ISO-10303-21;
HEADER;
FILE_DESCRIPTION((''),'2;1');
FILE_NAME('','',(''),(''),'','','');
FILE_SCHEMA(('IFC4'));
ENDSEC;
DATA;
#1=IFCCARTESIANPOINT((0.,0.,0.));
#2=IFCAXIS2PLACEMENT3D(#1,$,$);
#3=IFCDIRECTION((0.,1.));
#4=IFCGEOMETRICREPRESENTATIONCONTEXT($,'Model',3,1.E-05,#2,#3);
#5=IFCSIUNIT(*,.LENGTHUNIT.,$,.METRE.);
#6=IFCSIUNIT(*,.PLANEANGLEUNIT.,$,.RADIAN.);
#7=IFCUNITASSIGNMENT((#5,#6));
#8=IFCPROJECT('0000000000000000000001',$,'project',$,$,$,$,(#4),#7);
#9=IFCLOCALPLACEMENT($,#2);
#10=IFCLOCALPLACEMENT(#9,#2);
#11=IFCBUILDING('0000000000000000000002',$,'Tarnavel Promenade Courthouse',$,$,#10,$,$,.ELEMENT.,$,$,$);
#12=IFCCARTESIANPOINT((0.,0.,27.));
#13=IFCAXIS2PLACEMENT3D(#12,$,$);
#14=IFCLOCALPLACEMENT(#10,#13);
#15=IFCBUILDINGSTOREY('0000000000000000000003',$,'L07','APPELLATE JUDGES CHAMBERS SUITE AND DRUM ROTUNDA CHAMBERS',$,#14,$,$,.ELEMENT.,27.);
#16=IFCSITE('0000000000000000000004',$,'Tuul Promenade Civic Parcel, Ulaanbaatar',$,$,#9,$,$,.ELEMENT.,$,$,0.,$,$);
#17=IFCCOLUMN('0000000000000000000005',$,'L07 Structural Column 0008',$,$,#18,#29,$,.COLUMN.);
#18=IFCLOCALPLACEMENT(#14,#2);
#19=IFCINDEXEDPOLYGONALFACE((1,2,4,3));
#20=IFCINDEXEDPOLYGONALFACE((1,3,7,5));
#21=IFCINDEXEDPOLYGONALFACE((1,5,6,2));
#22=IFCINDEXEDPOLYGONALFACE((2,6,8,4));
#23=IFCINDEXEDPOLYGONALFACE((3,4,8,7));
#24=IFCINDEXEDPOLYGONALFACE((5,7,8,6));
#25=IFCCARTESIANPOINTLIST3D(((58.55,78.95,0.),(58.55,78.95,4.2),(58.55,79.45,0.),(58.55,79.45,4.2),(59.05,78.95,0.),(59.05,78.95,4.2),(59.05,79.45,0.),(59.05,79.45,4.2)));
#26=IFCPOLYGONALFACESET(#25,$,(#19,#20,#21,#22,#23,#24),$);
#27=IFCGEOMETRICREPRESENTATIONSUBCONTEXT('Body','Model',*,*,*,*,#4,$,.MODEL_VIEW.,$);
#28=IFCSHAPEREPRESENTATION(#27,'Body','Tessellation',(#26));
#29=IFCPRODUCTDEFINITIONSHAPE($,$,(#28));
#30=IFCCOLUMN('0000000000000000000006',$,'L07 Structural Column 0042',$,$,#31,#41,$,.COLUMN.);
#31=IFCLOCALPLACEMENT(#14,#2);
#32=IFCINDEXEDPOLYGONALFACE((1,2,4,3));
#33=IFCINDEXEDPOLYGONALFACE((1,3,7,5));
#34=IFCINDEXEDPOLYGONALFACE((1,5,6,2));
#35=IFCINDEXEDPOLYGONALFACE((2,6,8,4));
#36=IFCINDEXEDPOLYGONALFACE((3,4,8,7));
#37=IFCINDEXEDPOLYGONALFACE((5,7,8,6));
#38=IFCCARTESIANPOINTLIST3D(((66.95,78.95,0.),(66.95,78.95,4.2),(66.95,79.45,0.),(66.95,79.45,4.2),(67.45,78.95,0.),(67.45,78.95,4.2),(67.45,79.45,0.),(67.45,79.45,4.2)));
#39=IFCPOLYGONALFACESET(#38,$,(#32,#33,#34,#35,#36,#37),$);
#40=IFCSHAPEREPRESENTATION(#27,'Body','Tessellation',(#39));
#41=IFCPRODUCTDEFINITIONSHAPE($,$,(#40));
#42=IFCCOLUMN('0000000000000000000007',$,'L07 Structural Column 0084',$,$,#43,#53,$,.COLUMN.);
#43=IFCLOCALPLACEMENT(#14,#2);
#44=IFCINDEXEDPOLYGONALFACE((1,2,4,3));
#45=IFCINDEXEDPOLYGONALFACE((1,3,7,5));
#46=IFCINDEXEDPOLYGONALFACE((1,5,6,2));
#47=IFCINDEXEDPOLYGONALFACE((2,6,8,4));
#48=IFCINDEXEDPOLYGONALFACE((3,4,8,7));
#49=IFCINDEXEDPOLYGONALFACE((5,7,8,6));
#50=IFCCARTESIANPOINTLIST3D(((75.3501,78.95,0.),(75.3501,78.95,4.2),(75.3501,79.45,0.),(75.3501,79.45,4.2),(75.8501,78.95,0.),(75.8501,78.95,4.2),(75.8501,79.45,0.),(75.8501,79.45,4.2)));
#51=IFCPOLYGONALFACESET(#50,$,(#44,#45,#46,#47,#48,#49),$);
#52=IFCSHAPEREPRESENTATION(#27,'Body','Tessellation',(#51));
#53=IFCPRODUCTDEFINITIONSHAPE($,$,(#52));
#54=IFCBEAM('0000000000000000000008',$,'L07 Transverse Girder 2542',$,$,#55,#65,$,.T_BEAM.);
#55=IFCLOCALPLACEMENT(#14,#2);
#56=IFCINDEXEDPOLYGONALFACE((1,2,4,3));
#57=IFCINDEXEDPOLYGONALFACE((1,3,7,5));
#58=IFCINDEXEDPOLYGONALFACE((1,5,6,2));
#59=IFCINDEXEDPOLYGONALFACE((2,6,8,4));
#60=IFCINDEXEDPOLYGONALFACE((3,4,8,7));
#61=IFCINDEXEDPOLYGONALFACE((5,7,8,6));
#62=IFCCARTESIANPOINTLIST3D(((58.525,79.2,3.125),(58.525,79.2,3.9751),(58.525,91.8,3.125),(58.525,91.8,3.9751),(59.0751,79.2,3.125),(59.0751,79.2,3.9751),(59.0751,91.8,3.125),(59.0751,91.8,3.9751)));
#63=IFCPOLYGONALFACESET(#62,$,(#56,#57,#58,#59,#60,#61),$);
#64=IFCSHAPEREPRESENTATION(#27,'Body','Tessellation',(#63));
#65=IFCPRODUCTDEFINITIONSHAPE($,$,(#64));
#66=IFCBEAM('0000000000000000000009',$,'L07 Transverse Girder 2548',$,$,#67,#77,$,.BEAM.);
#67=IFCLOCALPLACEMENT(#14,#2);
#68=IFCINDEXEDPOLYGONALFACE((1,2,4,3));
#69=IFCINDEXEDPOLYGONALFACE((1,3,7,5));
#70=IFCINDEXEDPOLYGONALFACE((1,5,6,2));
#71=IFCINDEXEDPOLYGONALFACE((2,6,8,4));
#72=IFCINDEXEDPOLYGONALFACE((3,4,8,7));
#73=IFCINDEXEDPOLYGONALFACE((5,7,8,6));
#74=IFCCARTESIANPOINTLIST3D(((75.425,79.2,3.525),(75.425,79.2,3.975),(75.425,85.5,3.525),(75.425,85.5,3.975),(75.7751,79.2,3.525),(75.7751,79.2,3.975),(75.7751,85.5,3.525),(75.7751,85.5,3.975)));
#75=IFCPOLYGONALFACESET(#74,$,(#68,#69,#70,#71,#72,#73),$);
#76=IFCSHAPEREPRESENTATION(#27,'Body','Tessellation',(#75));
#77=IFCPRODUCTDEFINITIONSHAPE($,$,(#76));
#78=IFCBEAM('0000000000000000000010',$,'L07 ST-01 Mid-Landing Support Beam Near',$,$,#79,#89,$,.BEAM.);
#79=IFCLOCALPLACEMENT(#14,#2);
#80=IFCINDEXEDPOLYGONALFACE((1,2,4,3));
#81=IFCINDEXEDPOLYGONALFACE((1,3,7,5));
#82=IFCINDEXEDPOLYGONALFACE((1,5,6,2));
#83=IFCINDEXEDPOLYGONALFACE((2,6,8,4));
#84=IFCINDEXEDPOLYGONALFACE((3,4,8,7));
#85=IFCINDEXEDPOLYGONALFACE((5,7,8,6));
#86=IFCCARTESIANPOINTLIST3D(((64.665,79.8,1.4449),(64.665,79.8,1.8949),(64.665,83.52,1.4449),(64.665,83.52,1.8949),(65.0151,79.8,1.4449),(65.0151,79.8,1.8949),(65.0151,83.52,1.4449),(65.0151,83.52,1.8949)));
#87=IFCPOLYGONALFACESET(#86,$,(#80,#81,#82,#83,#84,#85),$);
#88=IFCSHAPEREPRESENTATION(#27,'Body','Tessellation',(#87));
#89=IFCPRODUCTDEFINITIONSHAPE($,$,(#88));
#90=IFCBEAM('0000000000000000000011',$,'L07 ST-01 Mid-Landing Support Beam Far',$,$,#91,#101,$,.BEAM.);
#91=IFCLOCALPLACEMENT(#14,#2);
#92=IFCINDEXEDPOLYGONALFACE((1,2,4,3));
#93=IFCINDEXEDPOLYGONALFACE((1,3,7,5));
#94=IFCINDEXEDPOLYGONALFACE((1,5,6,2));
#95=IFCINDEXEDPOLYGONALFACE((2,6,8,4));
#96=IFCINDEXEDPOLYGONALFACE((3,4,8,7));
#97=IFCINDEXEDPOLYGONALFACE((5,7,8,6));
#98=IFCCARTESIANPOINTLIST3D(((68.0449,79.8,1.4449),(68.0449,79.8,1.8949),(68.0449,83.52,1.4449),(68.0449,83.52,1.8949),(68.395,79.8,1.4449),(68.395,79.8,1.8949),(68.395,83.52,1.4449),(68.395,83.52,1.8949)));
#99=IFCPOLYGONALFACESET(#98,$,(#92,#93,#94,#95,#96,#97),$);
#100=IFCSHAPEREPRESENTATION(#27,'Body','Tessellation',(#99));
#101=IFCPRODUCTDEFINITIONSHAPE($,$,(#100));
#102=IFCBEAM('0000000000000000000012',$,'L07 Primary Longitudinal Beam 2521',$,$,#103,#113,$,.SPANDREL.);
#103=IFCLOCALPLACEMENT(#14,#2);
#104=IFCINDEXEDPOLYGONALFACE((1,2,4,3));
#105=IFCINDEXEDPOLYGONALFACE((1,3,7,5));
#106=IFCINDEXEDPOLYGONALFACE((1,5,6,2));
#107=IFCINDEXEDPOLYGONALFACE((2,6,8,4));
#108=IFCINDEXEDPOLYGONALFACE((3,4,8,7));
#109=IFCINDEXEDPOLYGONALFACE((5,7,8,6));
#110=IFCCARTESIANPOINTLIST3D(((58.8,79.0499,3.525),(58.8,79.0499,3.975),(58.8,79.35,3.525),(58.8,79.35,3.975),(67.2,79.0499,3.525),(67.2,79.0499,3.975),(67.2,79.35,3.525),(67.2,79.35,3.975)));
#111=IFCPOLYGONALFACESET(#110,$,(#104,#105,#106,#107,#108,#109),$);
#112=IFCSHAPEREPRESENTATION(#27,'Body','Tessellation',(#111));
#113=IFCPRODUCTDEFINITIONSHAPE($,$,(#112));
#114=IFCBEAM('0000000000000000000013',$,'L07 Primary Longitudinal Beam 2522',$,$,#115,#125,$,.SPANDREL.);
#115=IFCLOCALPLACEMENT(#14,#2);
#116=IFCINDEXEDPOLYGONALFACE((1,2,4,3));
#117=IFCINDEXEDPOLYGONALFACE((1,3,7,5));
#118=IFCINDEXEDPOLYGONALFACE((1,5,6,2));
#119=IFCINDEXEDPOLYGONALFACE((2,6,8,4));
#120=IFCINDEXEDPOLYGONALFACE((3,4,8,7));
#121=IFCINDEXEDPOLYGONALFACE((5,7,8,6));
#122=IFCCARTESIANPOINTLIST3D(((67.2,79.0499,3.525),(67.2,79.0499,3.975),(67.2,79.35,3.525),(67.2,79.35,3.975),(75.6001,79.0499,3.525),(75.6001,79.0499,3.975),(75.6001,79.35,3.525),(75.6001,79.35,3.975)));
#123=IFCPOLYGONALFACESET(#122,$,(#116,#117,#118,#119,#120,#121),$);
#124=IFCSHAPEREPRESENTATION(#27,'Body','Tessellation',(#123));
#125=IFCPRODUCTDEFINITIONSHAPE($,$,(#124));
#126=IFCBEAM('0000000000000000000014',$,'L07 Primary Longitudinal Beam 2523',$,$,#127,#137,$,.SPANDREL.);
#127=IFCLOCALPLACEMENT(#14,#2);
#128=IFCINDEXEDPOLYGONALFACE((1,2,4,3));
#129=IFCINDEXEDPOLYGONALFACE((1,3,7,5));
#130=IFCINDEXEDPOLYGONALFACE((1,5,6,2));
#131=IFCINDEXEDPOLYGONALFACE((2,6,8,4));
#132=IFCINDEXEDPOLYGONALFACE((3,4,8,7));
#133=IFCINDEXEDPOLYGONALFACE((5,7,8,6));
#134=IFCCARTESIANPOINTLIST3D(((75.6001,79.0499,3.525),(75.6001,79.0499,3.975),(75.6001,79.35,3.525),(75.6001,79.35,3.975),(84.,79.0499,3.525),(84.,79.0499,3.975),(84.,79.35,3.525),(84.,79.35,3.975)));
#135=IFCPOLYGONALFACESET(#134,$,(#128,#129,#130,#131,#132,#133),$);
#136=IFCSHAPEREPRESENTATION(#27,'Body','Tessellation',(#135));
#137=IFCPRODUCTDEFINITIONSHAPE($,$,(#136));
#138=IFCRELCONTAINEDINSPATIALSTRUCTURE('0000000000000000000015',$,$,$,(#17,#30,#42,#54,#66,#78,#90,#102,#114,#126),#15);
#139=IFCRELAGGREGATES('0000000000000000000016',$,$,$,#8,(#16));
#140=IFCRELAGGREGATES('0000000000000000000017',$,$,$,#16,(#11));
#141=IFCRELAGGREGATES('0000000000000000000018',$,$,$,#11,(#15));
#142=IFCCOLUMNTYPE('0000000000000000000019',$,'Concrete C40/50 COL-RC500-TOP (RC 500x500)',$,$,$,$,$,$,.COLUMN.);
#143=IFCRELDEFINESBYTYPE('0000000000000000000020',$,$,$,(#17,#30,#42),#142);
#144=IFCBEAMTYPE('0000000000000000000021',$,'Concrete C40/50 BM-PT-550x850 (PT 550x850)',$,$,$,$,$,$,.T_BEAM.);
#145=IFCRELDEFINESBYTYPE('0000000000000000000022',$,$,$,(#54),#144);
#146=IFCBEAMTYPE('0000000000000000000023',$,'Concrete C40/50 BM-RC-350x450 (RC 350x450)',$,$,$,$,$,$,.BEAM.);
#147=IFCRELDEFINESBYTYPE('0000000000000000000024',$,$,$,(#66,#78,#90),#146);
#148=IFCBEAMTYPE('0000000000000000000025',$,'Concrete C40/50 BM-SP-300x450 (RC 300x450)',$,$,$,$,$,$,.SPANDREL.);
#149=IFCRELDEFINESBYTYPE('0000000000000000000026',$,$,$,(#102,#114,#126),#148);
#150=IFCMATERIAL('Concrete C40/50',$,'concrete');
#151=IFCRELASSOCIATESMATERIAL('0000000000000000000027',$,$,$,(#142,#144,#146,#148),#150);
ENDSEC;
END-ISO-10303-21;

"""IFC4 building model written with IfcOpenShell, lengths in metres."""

from ifc_helpers import new_model, si_unit, direction, frame, origin, origin_2d, place, context, subcontext, project, spatial, rectangle, extrude, material, material_profile, profile_set, type_object, element, save


model = new_model("IFC4")

# Units and contexts
model_context = context("Model", 3, precision=1e-05, world=origin(), true_north=direction((0.0, 1.0)))
body_context = subcontext(model_context, "Body", "Model", "MODEL_VIEW")
ifc_project = project(units=[si_unit("LENGTHUNIT", "METRE"), si_unit("PLANEANGLEUNIT", "RADIAN")], contexts=[model_context])

# Site, building, storey
site_placement = place(None, origin())
site = spatial("IfcSite", under=ifc_project, at=site_placement, Name="Tuul Promenade Civic Parcel, Ulaanbaatar", CompositionType="ELEMENT", RefElevation=0.0)
building_placement = place(site_placement, origin())
building = spatial("IfcBuilding", under=site, at=building_placement, Name="Tarnavel Promenade Courthouse", CompositionType="ELEMENT")
storey_placement = place(building_placement, frame((0.0, 0.0, 27.0)))
storey = spatial("IfcBuildingStorey", under=building, at=storey_placement, Name="L07", Description="APPELLATE JUDGES CHAMBERS SUITE AND DRUM ROTUNDA CHAMBERS", CompositionType="ELEMENT", Elevation=27.0)

# Columns
ifc_material_1 = material(Name="Concrete C40/50", Category="concrete")
ifc_material_profile_1 = material_profile(ifc_material_1, rectangle(XDim=0.5, YDim=0.5, at=origin_2d()), Name="RC 500x500")
ifc_profile_set_1 = profile_set([ifc_material_profile_1], Name="Concrete C40/50")
column_type = type_object("IfcColumnType", Name="Concrete C40/50 COL-RC500-TOP (RC 500x500)", PredefinedType="COLUMN", material=ifc_profile_set_1)
for number, where, z_axis, x_axis, name in (
    (1, (58.8, 79.2, 0.0), (0.0, 0.0, 1.0), (1.0, 0.0, 0.0), "L07 Structural Column 0008"),
    (2, (67.2, 79.2, 0.0), (0.0, 0.0, 1.0), (1.0, 0.0, 0.0), "L07 Structural Column 0042"),
    (3, (75.6001, 79.2, 0.0), (0.0, 0.0, 1.0), (1.0, 0.0, 0.0), "L07 Structural Column 0084"),
):
    element("IfcColumn", number, at=place(storey_placement, frame(where, z_axis=z_axis, x_axis=x_axis)), inside=storey, type_object=column_type, Name=name, PredefinedType="COLUMN", context=body_context, shape_type="SweptSolid", body=[
        extrude(rectangle(XDim=0.5, YDim=0.5, at=origin_2d()), origin(), (0.0, 0.0, 1.0), 4.2),
    ])

# Beams
ifc_material_profile_2 = material_profile(ifc_material_1, rectangle(XDim=0.55, YDim=0.8501, at=origin_2d()), Name="PT 550x850")
ifc_profile_set_2 = profile_set([ifc_material_profile_2], Name="Concrete C40/50")
beam_type_1 = type_object("IfcBeamType", Name="Concrete C40/50 BM-PT-550x850 (PT 550x850)", PredefinedType="T_BEAM", material=ifc_profile_set_2)
beam_1_placement = place(storey_placement, frame((58.8, 79.2, 3.55), z_axis=(0.0, 1.0, 0.0), x_axis=(-1.0, 0.0, 0.0)))
element("IfcBeam", 4, at=beam_1_placement, inside=storey, type_object=beam_type_1, Name="L07 Transverse Girder 2542", PredefinedType="T_BEAM", context=body_context, shape_type="SweptSolid", body=[
    extrude(rectangle(XDim=0.55, YDim=0.8501, at=origin_2d()), origin(), (0.0, 0.0, 1.0), 12.6001),
])
ifc_material_profile_3 = material_profile(ifc_material_1, rectangle(XDim=0.3501, YDim=0.45, at=origin_2d()), Name="RC 350x450")
ifc_profile_set_3 = profile_set([ifc_material_profile_3], Name="Concrete C40/50")
beam_type_2 = type_object("IfcBeamType", Name="Concrete C40/50 BM-RC-350x450 (RC 350x450)", PredefinedType="BEAM", material=ifc_profile_set_3)
beam_2_placement = place(storey_placement, frame((75.6001, 79.2, 3.75), z_axis=(0.0, 1.0, 0.0), x_axis=(-1.0, 0.0, 0.0)))
element("IfcBeam", 5, at=beam_2_placement, inside=storey, type_object=beam_type_2, Name="L07 Transverse Girder 2548", PredefinedType="BEAM", context=body_context, shape_type="SweptSolid", body=[
    extrude(rectangle(XDim=0.3501, YDim=0.45, at=origin_2d()), origin(), (0.0, 0.0, 1.0), 6.3),
])
for number, where, z_axis, x_axis, name in (
    (6, (64.8401, 79.8, 1.6699), (0.0, 1.0, 0.0), (-1.0, 0.0, 0.0), "L07 ST-01 Mid-Landing Support Beam Near"),
    (7, (68.22, 79.8, 1.6699), (0.0, 1.0, 0.0), (-1.0, 0.0, 0.0), "L07 ST-01 Mid-Landing Support Beam Far"),
):
    element("IfcBeam", number, at=place(storey_placement, frame(where, z_axis=z_axis, x_axis=x_axis)), inside=storey, type_object=beam_type_2, Name=name, PredefinedType="BEAM", context=body_context, shape_type="SweptSolid", body=[
        extrude(rectangle(XDim=0.3501, YDim=0.45, at=origin_2d()), origin(), (0.0, 0.0, 1.0), 3.72),
    ])
ifc_material_profile_4 = material_profile(ifc_material_1, rectangle(XDim=0.3, YDim=0.45, at=origin_2d()), Name="RC 300x450")
ifc_profile_set_4 = profile_set([ifc_material_profile_4], Name="Concrete C40/50")
beam_type_3 = type_object("IfcBeamType", Name="Concrete C40/50 BM-SP-300x450 (RC 300x450)", PredefinedType="SPANDREL", material=ifc_profile_set_4)
beam_3_placement = place(storey_placement, frame((58.8, 79.2, 3.75), z_axis=(1.0, 0.0, 0.0), x_axis=(0.0, 1.0, 0.0)))
element("IfcBeam", 8, at=beam_3_placement, inside=storey, type_object=beam_type_3, Name="L07 Primary Longitudinal Beam 2521", PredefinedType="SPANDREL", context=body_context, shape_type="SweptSolid", body=[
    extrude(rectangle(XDim=0.3, YDim=0.45, at=origin_2d()), origin(), (0.0, 0.0, 1.0), 8.3999),
])
beam_4_placement = place(storey_placement, frame((67.2, 79.2, 3.75), z_axis=(1.0, 0.0, 0.0), x_axis=(0.0, 1.0, 0.0)))
element("IfcBeam", 9, at=beam_4_placement, inside=storey, type_object=beam_type_3, Name="L07 Primary Longitudinal Beam 2522", PredefinedType="SPANDREL", context=body_context, shape_type="SweptSolid", body=[
    extrude(rectangle(XDim=0.3, YDim=0.45, at=origin_2d()), origin(), (0.0, 0.0, 1.0), 8.4001),
])
beam_5_placement = place(storey_placement, frame((75.6001, 79.2, 3.75), z_axis=(1.0, 0.0, 0.0), x_axis=(0.0, 1.0, 0.0)))
element("IfcBeam", 10, at=beam_5_placement, inside=storey, type_object=beam_type_3, Name="L07 Primary Longitudinal Beam 2523", PredefinedType="SPANDREL", context=body_context, shape_type="SweptSolid", body=[
    extrude(rectangle(XDim=0.3, YDim=0.45, at=origin_2d()), origin(), (0.0, 0.0, 1.0), 8.3999),
])

save(model, "model.ifc")
